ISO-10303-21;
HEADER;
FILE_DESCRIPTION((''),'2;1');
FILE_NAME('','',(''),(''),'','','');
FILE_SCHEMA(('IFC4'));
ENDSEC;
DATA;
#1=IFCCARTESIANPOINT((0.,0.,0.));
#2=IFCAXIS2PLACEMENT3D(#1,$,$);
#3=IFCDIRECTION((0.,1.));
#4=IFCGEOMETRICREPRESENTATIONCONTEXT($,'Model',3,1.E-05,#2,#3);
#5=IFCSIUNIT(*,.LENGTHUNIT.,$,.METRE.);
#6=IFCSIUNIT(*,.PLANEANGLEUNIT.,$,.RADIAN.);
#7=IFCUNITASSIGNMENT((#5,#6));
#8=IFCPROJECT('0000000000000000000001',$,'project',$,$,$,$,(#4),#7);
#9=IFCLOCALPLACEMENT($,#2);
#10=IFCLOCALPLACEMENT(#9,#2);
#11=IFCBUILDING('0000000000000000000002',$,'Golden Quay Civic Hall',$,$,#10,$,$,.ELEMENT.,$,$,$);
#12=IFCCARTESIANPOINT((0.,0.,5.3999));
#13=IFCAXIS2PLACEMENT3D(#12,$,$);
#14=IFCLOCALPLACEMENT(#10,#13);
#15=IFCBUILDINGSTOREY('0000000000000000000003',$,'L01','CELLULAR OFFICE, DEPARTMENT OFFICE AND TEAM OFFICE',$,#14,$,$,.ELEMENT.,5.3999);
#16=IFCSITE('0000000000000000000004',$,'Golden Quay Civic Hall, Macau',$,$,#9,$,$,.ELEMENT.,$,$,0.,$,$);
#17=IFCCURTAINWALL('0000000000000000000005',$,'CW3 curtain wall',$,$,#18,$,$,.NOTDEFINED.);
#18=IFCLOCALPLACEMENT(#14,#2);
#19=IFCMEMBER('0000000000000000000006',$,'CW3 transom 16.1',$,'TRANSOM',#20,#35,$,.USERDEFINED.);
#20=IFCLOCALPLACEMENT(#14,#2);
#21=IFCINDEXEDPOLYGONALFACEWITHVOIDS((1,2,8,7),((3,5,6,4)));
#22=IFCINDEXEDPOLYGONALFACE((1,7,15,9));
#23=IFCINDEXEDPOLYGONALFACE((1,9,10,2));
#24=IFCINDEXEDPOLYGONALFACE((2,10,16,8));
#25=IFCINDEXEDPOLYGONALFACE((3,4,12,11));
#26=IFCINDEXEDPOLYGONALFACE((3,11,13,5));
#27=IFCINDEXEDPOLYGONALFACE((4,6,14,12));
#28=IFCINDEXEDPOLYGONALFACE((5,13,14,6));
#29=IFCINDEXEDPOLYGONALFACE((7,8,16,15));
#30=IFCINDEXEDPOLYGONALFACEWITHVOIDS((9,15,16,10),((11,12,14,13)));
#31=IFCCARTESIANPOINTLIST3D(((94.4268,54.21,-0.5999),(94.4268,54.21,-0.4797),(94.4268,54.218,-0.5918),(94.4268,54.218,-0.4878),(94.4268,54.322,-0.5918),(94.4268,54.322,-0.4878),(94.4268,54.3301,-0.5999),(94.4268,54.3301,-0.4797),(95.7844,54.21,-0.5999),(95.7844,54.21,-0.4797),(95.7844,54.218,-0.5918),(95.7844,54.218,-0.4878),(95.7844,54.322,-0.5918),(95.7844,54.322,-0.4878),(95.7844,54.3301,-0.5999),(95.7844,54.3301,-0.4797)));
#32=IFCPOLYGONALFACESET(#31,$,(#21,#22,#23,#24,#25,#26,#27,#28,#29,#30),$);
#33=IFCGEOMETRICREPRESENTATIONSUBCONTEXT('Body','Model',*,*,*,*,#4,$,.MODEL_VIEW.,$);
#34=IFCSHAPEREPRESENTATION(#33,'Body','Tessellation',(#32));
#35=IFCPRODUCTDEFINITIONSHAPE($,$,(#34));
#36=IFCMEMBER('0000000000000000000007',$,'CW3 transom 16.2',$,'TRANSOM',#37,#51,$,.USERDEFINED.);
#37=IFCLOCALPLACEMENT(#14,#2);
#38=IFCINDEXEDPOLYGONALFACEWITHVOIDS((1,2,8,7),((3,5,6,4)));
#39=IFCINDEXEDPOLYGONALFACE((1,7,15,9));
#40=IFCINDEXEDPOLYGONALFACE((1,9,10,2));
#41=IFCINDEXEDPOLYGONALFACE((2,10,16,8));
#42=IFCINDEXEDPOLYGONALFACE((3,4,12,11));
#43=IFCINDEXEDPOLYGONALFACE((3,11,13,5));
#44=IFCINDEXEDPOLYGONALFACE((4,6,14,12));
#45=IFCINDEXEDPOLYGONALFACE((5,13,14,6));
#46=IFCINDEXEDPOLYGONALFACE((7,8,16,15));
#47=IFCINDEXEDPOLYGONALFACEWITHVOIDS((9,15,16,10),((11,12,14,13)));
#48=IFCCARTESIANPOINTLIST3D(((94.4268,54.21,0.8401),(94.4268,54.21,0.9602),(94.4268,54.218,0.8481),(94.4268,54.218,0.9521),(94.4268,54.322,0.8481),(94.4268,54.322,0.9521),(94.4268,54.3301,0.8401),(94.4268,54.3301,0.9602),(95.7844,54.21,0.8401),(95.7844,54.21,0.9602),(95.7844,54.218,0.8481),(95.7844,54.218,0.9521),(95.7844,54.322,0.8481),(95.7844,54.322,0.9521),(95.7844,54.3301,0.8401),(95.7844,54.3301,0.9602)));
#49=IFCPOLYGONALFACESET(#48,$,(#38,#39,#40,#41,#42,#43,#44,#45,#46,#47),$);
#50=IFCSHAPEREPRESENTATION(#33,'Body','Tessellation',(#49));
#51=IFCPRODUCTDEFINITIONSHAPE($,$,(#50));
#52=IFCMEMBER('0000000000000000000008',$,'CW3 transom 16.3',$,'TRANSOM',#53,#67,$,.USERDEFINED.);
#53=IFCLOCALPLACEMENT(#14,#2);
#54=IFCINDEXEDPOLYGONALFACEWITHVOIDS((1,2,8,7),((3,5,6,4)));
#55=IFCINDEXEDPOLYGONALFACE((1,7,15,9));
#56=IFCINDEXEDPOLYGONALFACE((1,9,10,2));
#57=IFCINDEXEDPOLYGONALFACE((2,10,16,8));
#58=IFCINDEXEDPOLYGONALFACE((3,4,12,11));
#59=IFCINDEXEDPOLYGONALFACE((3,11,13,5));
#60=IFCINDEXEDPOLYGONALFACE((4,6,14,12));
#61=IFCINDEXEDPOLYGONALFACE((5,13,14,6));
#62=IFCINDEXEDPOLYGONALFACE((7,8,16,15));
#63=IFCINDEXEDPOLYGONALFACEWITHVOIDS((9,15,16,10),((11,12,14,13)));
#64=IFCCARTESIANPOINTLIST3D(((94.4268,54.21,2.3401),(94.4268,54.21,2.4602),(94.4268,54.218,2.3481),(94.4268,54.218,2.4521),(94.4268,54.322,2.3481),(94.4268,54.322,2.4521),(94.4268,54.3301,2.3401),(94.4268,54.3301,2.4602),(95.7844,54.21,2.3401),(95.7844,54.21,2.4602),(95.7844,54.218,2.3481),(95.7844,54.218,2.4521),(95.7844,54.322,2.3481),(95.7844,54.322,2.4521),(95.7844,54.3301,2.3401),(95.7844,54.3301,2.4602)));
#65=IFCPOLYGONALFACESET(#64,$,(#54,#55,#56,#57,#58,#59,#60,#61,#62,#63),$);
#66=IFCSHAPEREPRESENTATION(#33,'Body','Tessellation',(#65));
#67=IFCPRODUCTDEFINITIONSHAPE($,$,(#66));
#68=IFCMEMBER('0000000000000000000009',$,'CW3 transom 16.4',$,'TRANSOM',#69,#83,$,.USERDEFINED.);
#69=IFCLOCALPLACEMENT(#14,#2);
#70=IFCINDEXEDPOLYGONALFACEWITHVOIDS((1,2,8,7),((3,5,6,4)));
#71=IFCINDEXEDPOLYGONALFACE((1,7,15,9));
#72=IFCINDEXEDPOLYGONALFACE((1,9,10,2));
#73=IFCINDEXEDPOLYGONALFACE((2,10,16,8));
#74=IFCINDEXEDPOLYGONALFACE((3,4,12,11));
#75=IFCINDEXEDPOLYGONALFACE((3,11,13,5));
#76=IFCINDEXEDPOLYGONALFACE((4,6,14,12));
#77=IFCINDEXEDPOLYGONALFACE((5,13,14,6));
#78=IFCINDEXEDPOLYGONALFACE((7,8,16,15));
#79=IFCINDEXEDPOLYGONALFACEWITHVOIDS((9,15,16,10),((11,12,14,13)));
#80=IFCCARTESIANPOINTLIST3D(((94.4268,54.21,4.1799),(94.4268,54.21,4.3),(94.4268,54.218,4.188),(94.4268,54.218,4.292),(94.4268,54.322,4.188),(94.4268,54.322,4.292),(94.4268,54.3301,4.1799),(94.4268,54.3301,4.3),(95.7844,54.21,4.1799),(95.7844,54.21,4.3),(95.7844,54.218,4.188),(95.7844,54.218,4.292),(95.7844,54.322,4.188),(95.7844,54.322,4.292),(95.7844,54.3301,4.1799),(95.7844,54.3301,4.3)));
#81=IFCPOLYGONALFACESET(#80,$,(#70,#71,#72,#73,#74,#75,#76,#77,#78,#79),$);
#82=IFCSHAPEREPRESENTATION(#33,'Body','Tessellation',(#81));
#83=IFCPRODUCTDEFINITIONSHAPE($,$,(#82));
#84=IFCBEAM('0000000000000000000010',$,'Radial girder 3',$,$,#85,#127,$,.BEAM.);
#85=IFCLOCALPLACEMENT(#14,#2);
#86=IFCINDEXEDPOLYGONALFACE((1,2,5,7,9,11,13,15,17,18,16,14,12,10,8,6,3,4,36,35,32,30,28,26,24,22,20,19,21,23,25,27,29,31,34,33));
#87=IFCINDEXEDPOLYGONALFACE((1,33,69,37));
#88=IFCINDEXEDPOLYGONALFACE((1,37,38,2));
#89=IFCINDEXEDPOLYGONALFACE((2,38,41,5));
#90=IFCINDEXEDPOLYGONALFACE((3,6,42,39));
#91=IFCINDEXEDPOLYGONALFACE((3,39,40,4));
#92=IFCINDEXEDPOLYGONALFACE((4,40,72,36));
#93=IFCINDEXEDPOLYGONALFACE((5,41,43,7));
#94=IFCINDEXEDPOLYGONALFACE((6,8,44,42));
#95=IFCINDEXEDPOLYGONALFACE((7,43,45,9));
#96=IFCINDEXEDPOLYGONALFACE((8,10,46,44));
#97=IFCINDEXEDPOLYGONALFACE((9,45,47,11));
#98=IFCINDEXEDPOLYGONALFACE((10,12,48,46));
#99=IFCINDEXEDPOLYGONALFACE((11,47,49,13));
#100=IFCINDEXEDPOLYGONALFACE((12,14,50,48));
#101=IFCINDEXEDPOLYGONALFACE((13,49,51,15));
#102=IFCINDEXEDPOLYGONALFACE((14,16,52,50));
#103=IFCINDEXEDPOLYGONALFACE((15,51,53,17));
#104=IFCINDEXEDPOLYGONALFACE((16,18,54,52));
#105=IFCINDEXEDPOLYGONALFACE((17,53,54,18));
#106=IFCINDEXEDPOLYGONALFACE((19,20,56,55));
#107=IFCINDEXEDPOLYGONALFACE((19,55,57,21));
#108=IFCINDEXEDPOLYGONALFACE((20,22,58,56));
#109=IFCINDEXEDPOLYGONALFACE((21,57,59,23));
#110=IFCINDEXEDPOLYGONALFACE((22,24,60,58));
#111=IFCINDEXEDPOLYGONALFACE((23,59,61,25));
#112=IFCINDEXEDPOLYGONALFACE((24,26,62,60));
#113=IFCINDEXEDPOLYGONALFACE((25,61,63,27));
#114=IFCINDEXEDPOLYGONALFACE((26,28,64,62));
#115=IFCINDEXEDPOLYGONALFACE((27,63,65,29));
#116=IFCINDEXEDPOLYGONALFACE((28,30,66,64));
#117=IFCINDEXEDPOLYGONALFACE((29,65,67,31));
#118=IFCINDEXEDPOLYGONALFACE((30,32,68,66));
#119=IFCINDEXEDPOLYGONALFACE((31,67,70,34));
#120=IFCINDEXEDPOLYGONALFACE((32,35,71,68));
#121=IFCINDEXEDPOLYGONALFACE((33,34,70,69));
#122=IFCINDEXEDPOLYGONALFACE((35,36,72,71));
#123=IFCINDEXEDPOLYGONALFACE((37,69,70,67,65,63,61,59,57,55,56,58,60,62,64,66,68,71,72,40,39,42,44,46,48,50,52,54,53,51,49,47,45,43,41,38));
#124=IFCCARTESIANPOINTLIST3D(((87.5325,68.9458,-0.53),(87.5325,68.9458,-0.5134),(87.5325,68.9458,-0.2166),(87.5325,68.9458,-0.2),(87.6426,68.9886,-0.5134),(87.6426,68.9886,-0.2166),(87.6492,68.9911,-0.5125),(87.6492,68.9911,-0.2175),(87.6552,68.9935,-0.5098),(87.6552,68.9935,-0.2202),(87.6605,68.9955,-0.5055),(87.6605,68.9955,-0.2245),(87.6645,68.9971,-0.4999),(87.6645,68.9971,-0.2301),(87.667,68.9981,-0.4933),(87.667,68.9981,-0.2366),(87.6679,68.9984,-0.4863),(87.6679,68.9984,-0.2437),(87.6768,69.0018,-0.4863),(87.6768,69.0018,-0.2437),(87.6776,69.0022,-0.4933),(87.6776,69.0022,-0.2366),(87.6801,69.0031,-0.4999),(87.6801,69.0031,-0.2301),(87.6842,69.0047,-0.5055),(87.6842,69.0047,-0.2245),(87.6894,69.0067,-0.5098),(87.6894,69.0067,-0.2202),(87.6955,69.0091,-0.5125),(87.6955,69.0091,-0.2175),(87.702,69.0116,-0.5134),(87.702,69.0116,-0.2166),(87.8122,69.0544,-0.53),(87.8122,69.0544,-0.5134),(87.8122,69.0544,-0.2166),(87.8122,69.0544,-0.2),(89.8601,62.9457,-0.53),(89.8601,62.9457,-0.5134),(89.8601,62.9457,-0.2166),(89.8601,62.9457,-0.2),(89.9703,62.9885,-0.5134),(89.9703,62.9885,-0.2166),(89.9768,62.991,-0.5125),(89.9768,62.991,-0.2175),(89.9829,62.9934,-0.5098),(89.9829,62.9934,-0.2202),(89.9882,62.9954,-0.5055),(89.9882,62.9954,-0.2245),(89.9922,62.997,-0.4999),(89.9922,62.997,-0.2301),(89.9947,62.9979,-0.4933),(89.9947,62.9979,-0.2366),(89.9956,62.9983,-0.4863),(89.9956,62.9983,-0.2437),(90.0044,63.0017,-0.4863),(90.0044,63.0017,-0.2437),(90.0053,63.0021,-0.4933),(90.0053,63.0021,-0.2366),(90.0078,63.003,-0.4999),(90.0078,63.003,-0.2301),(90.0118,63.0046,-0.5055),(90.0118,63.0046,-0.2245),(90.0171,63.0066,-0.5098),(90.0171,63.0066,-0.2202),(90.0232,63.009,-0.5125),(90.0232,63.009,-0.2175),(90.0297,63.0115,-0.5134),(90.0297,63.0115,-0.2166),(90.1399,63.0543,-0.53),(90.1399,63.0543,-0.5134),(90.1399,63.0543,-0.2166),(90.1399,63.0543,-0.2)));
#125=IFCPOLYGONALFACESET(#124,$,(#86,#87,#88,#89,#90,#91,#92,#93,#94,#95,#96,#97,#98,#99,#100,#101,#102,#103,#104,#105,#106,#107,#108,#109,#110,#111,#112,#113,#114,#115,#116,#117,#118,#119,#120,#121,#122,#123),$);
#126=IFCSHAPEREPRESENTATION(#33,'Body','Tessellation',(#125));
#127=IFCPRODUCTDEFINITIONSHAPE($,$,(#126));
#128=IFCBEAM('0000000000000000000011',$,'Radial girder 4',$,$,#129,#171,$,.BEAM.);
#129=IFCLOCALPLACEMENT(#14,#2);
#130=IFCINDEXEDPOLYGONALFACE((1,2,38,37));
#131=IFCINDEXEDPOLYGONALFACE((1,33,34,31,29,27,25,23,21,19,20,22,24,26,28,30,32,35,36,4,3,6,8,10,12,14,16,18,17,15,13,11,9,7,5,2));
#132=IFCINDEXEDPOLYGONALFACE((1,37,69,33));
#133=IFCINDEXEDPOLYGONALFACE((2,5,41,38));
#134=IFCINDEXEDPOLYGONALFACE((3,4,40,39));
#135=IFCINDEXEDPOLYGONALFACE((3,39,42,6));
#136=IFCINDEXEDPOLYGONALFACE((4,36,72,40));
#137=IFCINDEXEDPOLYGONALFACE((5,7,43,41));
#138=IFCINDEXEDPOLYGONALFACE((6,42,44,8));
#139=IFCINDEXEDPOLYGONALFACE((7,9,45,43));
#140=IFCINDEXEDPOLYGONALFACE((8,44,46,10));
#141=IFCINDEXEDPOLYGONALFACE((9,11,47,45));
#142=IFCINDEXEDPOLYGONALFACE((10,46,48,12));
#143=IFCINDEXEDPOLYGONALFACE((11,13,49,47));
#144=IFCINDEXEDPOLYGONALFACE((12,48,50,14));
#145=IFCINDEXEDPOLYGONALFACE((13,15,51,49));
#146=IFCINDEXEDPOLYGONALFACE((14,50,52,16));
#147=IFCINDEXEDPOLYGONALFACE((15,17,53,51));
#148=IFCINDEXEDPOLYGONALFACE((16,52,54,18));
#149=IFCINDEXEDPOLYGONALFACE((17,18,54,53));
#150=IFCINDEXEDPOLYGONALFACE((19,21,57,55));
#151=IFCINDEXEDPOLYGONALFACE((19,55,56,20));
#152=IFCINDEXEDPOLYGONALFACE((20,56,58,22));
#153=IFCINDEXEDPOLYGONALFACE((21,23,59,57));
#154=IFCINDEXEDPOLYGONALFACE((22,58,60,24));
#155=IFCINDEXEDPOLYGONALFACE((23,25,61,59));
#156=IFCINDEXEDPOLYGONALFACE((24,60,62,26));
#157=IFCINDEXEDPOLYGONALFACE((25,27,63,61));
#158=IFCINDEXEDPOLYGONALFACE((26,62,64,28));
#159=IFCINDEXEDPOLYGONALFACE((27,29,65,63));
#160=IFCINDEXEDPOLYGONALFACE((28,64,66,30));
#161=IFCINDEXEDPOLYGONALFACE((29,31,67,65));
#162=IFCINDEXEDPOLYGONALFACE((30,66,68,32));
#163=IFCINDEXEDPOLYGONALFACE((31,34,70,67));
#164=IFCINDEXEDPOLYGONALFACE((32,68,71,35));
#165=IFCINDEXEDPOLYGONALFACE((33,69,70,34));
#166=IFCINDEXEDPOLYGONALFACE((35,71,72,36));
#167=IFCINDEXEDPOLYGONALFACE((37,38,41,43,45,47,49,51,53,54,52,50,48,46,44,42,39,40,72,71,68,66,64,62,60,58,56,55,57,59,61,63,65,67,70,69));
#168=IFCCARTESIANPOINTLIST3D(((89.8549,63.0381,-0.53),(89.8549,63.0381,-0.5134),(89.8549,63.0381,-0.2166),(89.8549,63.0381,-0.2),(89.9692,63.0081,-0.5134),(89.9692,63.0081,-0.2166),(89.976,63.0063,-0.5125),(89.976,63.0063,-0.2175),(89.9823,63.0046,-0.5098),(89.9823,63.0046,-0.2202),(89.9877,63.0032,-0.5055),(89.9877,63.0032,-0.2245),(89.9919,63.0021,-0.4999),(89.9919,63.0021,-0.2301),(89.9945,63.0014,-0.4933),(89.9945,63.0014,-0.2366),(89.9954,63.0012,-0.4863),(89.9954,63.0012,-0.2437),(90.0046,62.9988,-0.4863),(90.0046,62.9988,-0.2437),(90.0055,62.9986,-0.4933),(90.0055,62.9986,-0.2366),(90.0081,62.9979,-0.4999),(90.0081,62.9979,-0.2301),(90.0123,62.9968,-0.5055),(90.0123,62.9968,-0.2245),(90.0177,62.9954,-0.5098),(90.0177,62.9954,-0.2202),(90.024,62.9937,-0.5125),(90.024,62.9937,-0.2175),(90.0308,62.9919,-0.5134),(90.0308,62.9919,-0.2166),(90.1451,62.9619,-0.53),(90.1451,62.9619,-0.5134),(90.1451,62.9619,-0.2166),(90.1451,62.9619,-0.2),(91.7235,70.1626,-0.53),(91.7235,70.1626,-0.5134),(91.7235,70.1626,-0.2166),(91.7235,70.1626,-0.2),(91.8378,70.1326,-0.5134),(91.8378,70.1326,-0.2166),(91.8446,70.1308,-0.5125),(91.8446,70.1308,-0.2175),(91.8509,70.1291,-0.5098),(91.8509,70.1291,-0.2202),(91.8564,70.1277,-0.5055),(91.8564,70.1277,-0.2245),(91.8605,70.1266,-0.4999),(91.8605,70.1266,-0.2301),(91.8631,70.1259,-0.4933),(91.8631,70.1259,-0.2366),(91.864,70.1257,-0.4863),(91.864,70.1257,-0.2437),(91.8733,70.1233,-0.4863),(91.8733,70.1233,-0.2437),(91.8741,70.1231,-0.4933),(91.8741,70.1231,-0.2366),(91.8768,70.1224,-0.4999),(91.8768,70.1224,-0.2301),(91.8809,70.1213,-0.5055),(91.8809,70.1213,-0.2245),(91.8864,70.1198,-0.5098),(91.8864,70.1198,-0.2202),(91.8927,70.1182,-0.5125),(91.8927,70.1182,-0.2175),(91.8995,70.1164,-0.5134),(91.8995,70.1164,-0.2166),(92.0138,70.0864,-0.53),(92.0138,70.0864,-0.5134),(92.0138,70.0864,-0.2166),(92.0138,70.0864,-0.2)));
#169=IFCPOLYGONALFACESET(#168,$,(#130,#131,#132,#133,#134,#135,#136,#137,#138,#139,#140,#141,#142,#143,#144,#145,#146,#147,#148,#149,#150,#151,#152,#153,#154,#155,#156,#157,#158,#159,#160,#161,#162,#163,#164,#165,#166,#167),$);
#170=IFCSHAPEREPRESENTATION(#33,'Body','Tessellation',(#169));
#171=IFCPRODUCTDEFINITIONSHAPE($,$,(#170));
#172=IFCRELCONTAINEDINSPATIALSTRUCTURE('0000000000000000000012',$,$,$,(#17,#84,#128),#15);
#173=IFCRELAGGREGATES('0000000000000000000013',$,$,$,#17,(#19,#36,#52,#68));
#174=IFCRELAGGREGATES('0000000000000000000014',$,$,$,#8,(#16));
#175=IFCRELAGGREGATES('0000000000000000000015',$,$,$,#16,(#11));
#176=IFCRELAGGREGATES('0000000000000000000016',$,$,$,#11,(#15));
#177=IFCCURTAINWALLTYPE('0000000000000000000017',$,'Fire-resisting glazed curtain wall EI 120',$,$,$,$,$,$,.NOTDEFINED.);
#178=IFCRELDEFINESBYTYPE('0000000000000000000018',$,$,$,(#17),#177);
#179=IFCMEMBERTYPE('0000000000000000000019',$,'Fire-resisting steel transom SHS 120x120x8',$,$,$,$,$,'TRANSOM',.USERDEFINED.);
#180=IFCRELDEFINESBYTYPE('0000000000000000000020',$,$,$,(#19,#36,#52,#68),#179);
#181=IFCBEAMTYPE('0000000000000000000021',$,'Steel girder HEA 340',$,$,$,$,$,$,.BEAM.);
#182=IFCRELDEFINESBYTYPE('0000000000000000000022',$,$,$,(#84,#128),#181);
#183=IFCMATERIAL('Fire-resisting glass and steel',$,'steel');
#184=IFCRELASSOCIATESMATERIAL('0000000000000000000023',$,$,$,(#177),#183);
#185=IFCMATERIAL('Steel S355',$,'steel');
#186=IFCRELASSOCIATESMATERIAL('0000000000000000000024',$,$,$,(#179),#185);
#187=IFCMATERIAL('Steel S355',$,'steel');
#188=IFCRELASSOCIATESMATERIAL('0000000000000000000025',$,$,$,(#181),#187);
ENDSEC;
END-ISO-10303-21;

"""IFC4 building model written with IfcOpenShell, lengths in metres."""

from ifc_helpers import new_model, si_unit, direction, frame, origin, origin_2d, place, context, subcontext, project, spatial, hollow_rectangle, i_section, extrude, material, material_profile, profile_set, type_object, element, aggregate, save


model = new_model("IFC4")

# Units and contexts
model_context = context("Model", 3, precision=1e-05, world=origin(), true_north=direction((0.0, 1.0)))
body_context = subcontext(model_context, "Body", "Model", "MODEL_VIEW")
ifc_project = project(units=[si_unit("LENGTHUNIT", "METRE"), si_unit("PLANEANGLEUNIT", "RADIAN")], contexts=[model_context])

# Site, building, storey
site_placement = place(None, origin())
site = spatial("IfcSite", under=ifc_project, at=site_placement, Name="Golden Quay Civic Hall, Macau", CompositionType="ELEMENT", RefElevation=0.0)
building_placement = place(site_placement, origin())
building = spatial("IfcBuilding", under=site, at=building_placement, Name="Golden Quay Civic Hall", CompositionType="ELEMENT")
storey_placement = place(building_placement, frame((0.0, 0.0, 5.3999)))
storey = spatial("IfcBuildingStorey", under=building, at=storey_placement, Name="L01", Description="CELLULAR OFFICE, DEPARTMENT OFFICE AND TEAM OFFICE", CompositionType="ELEMENT", Elevation=5.3999)

# Curtain wall, members
ifc_material_1 = material(Name="Fire-resisting glass and steel", Category="steel")
curtain_wall_type = type_object("IfcCurtainWallType", Name="Fire-resisting glazed curtain wall EI 120", PredefinedType="NOTDEFINED", material=ifc_material_1)
curtain_wall_placement = place(storey_placement, origin())
curtain_wall = element("IfcCurtainWall", 1, at=curtain_wall_placement, inside=storey, type_object=curtain_wall_type, Name="CW3 curtain wall", PredefinedType="NOTDEFINED")
ifc_material_2 = material(Name="Steel S355", Category="steel")
ifc_material_profile_1 = material_profile(ifc_material_2, hollow_rectangle(XDim=0.1201, YDim=0.1201, WallThickness=0.0081, at=origin_2d()), Name="SHS 120x120x8")
ifc_profile_set_1 = profile_set([ifc_material_profile_1], Name="Steel S355")
member_type_1 = type_object("IfcMemberType", Name="Fire-resisting steel transom SHS 120x120x8", ElementType="TRANSOM", PredefinedType="USERDEFINED", material=ifc_profile_set_1)
member_1_placement = place(storey_placement, frame((94.4268, 54.27, -0.5398), z_axis=(1.0, 0.0, 0.0), x_axis=(0.0, 1.0, 0.0)))
member_1 = element("IfcMember", 2, at=member_1_placement, type_object=member_type_1, Name="CW3 transom 16.1", ObjectType="TRANSOM", PredefinedType="USERDEFINED", context=body_context, shape_type="SweptSolid", body=[
    extrude(hollow_rectangle(XDim=0.1201, YDim=0.1201, WallThickness=0.0081, at=origin_2d()), origin(), (0.0, 0.0, 1.0), 1.3577),
])
member_2_placement = place(storey_placement, frame((94.4268, 54.27, 0.9001), z_axis=(1.0, 0.0, 0.0), x_axis=(0.0, 1.0, 0.0)))
member_2 = element("IfcMember", 3, at=member_2_placement, type_object=member_type_1, Name="CW3 transom 16.2", ObjectType="TRANSOM", PredefinedType="USERDEFINED", context=body_context, shape_type="SweptSolid", body=[
    extrude(hollow_rectangle(XDim=0.1201, YDim=0.1201, WallThickness=0.0081, at=origin_2d()), origin(), (0.0, 0.0, 1.0), 1.3577),
])
member_3_placement = place(storey_placement, frame((94.4268, 54.27, 2.4001), z_axis=(1.0, 0.0, 0.0), x_axis=(0.0, 1.0, 0.0)))
member_3 = element("IfcMember", 4, at=member_3_placement, type_object=member_type_1, Name="CW3 transom 16.3", ObjectType="TRANSOM", PredefinedType="USERDEFINED", context=body_context, shape_type="SweptSolid", body=[
    extrude(hollow_rectangle(XDim=0.1201, YDim=0.1201, WallThickness=0.0081, at=origin_2d()), origin(), (0.0, 0.0, 1.0), 1.3577),
])
member_4_placement = place(storey_placement, frame((94.4268, 54.27, 4.24), z_axis=(1.0, 0.0, 0.0), x_axis=(0.0, 1.0, 0.0)))
member_4 = element("IfcMember", 5, at=member_4_placement, type_object=member_type_1, Name="CW3 transom 16.4", ObjectType="TRANSOM", PredefinedType="USERDEFINED", context=body_context, shape_type="SweptSolid", body=[
    extrude(hollow_rectangle(XDim=0.1201, YDim=0.1201, WallThickness=0.0081, at=origin_2d()), origin(), (0.0, 0.0, 1.0), 1.3577),
])

# Beams
ifc_material_3 = material(Name="Steel S355", Category="steel")
ifc_material_profile_2 = material_profile(ifc_material_3, i_section(OverallWidth=0.3, OverallDepth=0.3301, WebThickness=0.0095, FlangeThickness=0.0166, FilletRadius=0.0271, at=origin_2d()), Name="HEA 340")
ifc_profile_set_2 = profile_set([ifc_material_profile_2], Name="Steel S355")
beam_type_1 = type_object("IfcBeamType", Name="Steel girder HEA 340", PredefinedType="BEAM", material=ifc_profile_set_2)
beam_1_placement = place(storey_placement, frame((90.0, 63.0, -0.365), z_axis=(-0.361677, 0.932303, 0.0), x_axis=(-0.932303, -0.361677, 0.0)))
element("IfcBeam", 6, at=beam_1_placement, inside=storey, type_object=beam_type_1, Name="Radial girder 3", PredefinedType="BEAM", context=body_context, shape_type="SweptSolid", body=[
    extrude(i_section(OverallWidth=0.3, OverallDepth=0.3301, WebThickness=0.0095, FlangeThickness=0.0166, FilletRadius=0.0271, at=origin_2d()), origin(), (0.0, 0.0, 1.0), 6.4358),
])
beam_2_placement = place(storey_placement, frame((90.0, 63.0, -0.365), z_axis=(0.253704, 0.967282, 0.0), x_axis=(-0.967282, 0.253704, 0.0)))
element("IfcBeam", 7, at=beam_2_placement, inside=storey, type_object=beam_type_1, Name="Radial girder 4", PredefinedType="BEAM", context=body_context, shape_type="SweptSolid", body=[
    extrude(i_section(OverallWidth=0.3, OverallDepth=0.3301, WebThickness=0.0095, FlangeThickness=0.0166, FilletRadius=0.0271, at=origin_2d()), origin(), (0.0, 0.0, 1.0), 7.3655),
])

aggregate(curtain_wall, [member_1, member_2, member_3, member_4])

save(model, "model.ifc")
